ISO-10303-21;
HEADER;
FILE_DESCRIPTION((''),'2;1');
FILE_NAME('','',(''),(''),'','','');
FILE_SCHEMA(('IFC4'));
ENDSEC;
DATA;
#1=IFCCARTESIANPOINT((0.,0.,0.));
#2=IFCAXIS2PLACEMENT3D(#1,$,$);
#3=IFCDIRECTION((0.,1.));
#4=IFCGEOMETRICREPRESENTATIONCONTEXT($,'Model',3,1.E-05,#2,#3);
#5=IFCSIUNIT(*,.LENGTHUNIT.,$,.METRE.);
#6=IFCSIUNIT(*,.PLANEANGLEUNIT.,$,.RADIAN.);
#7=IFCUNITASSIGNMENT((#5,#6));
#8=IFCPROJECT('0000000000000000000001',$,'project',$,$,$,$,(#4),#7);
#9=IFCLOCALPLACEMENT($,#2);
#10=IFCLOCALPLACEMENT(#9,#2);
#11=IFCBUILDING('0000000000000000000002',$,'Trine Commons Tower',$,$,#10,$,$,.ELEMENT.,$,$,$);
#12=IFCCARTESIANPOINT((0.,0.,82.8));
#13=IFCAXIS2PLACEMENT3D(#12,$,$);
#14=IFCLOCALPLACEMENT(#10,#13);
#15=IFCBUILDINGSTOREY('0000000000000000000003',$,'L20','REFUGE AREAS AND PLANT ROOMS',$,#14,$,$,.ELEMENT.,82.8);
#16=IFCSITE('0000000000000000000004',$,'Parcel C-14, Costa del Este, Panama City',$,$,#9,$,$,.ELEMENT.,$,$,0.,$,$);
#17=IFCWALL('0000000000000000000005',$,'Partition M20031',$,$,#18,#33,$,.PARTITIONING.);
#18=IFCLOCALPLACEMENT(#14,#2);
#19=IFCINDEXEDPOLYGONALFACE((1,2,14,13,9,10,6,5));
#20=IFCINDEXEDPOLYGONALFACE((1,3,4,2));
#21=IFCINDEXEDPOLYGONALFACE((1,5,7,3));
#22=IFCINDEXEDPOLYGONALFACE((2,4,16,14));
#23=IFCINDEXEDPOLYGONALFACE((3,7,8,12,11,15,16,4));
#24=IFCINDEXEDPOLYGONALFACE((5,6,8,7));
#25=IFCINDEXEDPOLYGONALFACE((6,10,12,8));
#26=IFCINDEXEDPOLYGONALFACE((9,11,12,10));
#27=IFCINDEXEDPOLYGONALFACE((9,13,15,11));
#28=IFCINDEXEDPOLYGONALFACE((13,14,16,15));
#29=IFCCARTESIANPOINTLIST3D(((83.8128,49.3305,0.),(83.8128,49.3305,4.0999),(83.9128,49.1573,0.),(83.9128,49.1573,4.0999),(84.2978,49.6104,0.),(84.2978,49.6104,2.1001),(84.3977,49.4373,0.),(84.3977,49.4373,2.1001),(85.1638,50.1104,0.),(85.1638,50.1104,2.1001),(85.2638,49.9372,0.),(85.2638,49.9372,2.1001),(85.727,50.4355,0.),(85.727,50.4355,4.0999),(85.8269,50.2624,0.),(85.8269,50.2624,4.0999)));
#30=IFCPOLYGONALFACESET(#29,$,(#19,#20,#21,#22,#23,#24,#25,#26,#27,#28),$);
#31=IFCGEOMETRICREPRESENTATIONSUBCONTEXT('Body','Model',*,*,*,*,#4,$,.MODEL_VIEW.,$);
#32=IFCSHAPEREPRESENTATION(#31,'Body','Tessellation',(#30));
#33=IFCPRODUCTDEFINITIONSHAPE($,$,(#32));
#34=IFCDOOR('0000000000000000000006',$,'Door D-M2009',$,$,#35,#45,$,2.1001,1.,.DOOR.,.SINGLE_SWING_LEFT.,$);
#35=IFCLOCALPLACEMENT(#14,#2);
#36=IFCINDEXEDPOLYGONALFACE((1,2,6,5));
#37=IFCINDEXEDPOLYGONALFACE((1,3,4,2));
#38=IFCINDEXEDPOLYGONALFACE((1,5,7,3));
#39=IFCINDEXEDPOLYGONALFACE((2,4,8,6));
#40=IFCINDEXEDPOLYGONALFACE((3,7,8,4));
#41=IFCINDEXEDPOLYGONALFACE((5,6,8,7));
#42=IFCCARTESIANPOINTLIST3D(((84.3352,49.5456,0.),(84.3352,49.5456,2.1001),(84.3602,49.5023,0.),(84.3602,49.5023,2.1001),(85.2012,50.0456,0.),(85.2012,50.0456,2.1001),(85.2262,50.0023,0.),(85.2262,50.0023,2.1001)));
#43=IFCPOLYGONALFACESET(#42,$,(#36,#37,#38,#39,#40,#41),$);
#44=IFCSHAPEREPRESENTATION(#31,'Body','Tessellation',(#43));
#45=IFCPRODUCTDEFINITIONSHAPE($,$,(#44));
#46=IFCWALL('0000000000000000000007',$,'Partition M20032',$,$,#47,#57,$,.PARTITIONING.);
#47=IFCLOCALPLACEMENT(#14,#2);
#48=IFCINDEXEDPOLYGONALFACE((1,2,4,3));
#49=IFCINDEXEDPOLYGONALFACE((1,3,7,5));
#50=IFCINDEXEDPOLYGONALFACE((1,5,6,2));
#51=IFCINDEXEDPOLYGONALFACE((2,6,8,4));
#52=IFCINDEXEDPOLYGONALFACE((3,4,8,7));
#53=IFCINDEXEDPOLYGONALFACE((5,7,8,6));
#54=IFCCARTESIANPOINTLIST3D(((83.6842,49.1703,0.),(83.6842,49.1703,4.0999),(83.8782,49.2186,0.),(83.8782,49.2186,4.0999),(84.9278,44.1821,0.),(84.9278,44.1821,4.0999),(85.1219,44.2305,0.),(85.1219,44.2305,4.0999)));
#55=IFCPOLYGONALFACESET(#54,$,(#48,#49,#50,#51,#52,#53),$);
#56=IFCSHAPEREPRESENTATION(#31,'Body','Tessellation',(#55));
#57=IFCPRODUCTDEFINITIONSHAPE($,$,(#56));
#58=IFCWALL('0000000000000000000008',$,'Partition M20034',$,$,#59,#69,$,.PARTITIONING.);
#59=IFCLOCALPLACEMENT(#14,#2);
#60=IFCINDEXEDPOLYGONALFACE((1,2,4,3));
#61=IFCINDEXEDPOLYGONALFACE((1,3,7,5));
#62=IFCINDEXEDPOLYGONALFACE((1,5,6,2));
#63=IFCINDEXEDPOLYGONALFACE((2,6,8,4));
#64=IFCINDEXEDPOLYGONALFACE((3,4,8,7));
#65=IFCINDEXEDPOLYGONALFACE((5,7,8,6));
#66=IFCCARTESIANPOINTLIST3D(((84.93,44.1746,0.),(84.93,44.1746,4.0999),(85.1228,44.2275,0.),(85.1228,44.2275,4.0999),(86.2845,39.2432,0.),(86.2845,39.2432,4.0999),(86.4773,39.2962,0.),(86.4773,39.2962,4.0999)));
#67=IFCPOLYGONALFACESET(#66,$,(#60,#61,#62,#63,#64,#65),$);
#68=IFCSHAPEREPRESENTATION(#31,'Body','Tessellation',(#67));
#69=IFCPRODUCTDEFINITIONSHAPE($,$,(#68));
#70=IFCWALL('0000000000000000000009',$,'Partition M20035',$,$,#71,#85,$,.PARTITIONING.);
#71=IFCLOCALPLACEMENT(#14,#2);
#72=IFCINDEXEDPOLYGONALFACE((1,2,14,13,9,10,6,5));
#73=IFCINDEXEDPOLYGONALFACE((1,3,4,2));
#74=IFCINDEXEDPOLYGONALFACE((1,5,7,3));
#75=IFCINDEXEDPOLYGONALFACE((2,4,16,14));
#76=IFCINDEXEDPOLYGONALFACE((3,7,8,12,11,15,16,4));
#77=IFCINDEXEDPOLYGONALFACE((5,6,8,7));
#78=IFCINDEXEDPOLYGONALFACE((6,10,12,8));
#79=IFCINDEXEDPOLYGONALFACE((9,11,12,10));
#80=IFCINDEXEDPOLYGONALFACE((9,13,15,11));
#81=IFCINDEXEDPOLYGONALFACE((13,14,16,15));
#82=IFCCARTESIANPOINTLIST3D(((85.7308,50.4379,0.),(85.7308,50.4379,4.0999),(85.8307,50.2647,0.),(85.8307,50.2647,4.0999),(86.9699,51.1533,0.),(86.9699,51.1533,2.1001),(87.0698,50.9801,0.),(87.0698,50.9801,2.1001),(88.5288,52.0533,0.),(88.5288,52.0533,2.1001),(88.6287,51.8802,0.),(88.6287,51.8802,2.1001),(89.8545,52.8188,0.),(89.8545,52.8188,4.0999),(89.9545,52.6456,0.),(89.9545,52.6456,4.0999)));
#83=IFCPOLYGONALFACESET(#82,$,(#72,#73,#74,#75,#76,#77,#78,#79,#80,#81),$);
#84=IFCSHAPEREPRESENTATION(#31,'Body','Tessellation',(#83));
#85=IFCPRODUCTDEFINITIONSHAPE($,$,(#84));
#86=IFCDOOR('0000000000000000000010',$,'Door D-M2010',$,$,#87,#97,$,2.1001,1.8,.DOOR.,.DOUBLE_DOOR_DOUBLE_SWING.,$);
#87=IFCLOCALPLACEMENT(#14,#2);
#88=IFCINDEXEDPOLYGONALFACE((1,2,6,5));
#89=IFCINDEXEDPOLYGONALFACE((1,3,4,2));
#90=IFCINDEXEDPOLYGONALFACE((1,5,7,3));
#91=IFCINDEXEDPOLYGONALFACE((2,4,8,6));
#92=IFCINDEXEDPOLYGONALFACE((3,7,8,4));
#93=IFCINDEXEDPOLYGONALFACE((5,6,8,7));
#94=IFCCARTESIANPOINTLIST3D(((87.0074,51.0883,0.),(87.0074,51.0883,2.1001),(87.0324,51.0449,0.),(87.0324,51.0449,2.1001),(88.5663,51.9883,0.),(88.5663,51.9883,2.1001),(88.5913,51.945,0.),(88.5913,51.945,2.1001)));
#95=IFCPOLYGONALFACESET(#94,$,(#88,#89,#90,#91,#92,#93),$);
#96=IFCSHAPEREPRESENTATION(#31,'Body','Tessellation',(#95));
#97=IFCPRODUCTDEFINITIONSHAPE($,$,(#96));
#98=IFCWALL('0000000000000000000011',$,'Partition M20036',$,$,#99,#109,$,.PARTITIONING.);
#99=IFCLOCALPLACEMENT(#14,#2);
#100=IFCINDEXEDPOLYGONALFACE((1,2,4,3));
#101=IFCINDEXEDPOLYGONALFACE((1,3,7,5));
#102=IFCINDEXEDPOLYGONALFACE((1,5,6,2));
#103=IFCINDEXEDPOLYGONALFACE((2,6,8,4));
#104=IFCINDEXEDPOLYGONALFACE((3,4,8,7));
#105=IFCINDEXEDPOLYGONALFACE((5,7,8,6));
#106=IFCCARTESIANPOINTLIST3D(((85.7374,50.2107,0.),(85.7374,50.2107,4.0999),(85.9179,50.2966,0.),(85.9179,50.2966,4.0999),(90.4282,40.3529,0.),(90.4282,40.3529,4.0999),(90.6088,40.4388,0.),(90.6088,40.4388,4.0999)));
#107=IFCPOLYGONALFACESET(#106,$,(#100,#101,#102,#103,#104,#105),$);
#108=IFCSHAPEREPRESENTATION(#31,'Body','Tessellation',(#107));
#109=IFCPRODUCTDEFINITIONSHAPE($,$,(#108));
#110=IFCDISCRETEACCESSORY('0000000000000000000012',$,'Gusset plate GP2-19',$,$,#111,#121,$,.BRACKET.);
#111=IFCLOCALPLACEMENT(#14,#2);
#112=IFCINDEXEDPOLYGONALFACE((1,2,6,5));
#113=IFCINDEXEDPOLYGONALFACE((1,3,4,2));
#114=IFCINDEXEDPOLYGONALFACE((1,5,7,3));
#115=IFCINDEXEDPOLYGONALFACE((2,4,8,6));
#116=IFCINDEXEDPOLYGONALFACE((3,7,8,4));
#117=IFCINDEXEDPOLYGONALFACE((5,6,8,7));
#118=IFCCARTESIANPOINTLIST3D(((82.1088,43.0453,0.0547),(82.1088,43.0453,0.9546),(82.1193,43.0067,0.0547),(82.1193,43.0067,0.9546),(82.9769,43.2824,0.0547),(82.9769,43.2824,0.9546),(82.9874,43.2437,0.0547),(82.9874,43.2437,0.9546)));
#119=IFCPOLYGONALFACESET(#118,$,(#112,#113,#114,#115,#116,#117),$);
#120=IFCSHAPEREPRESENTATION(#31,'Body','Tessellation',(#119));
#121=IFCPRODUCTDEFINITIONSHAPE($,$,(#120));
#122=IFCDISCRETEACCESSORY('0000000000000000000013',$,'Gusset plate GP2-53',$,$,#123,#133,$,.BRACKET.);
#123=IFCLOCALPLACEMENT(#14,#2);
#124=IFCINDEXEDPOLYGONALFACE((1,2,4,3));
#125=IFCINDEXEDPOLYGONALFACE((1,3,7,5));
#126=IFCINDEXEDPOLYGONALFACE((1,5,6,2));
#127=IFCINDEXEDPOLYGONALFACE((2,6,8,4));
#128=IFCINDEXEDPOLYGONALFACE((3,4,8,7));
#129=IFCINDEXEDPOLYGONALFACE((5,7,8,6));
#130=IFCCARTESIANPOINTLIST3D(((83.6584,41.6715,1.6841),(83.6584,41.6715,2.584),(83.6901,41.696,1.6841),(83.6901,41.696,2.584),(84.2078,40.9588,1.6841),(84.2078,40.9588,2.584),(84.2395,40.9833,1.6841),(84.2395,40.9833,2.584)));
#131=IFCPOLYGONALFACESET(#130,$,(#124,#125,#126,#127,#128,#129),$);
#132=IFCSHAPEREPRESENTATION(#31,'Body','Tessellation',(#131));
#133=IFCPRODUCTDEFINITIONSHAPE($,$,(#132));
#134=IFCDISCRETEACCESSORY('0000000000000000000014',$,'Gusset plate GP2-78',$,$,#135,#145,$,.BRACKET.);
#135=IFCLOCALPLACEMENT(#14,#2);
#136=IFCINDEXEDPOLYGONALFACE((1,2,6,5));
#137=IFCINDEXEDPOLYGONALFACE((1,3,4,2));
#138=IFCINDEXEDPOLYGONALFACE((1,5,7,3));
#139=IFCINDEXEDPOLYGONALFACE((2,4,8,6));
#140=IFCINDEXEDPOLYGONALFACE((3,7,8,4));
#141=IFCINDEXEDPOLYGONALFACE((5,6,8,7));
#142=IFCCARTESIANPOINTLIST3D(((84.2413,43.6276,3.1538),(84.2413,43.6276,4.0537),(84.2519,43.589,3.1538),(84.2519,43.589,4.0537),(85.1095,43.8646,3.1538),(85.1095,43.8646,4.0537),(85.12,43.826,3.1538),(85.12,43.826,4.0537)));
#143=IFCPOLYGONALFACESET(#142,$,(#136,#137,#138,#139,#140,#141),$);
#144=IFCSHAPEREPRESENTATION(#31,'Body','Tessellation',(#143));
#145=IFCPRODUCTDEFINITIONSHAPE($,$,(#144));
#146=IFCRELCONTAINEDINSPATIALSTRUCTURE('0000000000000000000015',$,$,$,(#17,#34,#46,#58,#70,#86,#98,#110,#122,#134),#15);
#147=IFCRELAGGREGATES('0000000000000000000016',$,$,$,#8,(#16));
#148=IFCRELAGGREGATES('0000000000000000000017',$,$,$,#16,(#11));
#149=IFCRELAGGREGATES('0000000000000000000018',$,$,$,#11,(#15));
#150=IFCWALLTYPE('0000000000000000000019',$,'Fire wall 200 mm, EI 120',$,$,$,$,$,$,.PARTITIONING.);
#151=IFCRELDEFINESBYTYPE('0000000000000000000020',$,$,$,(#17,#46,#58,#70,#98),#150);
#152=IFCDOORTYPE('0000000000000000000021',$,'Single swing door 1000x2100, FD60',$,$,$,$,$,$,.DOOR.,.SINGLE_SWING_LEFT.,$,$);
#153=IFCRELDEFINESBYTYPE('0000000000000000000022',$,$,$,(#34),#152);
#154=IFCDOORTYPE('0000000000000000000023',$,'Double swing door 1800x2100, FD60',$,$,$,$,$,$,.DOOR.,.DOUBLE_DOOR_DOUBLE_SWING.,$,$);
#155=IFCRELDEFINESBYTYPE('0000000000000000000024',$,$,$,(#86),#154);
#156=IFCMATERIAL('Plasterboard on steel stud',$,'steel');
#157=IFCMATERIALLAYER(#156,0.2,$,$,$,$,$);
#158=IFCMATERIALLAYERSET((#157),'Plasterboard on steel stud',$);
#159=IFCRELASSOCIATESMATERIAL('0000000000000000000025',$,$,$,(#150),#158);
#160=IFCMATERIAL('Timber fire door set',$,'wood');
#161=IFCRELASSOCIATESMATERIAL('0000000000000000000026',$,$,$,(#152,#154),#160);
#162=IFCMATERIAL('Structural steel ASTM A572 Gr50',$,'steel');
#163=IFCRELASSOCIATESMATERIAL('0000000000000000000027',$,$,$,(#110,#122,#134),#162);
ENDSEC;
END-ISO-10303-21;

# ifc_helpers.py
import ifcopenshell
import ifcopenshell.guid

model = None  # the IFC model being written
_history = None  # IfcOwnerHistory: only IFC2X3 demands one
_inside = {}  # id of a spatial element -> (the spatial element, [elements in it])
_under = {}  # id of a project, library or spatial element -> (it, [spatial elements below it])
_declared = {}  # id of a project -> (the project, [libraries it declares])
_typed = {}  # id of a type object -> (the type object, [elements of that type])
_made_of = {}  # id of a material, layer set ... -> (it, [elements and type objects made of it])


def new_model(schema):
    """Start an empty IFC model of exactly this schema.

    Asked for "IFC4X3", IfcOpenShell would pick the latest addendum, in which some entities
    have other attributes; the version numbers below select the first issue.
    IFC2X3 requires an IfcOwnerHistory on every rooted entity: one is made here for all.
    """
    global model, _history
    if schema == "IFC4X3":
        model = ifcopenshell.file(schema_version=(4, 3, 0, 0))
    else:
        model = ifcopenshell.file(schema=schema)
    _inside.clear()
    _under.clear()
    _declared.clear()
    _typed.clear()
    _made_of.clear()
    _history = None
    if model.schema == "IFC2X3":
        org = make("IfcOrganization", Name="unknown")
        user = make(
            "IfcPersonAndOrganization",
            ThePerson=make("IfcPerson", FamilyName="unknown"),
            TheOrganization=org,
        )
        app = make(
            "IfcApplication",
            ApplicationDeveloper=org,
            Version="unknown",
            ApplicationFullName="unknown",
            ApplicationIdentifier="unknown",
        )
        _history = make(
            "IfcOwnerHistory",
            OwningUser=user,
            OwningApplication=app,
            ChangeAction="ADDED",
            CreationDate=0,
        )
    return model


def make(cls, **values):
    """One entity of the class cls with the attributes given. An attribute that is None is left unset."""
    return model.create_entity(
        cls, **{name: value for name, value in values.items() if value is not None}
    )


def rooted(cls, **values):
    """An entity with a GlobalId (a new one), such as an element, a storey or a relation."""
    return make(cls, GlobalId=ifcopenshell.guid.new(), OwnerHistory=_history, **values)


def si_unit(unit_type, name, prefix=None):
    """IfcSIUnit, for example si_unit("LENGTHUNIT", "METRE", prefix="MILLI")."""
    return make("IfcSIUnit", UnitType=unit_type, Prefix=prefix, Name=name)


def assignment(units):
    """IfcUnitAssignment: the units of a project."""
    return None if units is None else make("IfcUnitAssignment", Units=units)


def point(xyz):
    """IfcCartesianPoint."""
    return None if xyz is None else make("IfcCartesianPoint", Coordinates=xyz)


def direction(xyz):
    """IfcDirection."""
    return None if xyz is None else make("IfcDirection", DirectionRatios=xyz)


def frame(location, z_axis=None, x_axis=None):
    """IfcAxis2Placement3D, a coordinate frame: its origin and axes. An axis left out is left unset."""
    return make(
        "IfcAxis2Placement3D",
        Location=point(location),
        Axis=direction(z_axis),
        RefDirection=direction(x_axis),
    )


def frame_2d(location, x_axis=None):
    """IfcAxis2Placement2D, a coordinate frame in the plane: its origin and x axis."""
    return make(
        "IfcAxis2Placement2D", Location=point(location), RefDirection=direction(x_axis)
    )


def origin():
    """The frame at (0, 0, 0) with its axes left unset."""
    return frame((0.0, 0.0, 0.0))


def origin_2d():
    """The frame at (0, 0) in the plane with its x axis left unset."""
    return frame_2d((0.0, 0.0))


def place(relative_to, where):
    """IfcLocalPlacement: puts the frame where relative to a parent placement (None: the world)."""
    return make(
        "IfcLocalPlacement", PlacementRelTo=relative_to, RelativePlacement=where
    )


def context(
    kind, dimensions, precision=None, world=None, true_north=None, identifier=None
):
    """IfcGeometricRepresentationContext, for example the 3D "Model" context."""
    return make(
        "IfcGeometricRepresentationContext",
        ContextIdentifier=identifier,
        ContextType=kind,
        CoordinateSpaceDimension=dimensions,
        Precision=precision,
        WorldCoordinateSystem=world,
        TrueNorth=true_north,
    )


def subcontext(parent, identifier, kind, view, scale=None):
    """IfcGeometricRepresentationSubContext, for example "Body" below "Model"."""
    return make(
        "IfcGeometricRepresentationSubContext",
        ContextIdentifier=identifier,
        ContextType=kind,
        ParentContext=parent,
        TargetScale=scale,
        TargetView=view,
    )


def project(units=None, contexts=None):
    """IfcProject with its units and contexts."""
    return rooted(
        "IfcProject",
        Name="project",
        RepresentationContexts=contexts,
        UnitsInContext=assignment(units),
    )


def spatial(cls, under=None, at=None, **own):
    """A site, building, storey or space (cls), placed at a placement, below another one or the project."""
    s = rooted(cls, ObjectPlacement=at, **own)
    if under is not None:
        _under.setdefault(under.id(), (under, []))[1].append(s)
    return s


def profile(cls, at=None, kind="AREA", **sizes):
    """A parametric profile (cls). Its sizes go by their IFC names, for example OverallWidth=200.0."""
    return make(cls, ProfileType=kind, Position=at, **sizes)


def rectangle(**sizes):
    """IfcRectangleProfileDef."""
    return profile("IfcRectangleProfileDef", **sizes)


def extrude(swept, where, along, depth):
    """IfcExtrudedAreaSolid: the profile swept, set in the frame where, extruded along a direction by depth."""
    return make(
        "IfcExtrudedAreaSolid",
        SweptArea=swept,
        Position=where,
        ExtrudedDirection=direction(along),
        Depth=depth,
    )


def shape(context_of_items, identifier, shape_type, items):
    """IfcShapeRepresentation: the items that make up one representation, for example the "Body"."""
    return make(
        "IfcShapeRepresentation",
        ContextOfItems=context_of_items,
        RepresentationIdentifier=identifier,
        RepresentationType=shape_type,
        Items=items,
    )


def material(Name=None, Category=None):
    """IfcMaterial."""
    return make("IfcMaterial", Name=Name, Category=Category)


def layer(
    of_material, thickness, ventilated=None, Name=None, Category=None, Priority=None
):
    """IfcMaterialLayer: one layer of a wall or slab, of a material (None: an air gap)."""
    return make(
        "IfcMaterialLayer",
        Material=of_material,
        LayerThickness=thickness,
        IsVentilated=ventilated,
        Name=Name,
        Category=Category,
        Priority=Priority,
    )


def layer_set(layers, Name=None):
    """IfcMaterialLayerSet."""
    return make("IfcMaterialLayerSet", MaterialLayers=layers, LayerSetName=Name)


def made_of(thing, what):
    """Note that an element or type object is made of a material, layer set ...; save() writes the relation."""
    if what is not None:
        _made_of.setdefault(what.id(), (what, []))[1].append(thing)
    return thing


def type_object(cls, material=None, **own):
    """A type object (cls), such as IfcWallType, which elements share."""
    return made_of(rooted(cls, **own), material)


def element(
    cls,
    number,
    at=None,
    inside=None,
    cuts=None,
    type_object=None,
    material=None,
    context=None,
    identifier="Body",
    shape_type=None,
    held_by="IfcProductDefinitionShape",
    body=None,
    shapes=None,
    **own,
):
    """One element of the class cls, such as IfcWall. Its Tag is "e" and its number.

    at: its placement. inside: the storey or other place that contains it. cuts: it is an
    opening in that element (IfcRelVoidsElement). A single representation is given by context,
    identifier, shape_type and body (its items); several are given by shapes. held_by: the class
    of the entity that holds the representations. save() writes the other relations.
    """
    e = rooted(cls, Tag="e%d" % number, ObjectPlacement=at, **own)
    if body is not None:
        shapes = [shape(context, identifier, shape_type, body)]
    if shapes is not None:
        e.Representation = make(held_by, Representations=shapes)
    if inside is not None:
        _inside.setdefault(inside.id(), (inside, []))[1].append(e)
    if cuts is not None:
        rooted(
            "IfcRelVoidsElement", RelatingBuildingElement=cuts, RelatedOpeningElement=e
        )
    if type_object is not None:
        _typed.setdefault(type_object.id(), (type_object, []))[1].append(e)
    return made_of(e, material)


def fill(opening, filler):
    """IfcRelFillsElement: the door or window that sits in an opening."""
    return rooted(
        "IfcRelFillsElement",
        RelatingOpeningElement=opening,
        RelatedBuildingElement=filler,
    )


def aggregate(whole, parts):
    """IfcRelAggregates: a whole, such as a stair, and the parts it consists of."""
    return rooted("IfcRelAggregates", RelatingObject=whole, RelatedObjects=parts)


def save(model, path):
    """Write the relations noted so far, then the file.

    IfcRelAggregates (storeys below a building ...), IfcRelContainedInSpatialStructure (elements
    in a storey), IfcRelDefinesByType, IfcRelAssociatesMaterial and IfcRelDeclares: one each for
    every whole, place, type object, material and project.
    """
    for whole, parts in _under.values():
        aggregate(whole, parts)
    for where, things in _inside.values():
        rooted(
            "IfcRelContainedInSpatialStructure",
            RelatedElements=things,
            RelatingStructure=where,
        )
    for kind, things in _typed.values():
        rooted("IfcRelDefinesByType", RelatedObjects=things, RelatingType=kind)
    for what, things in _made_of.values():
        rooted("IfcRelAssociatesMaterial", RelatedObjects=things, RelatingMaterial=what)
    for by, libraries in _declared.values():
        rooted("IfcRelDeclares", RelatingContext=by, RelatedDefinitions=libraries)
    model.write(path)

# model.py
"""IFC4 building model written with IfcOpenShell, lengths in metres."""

from ifc_helpers import new_model, si_unit, direction, frame, frame_2d, origin, origin_2d, place, context, subcontext, project, spatial, rectangle, extrude, material, layer, layer_set, type_object, element, fill, save


model = new_model("IFC4")

# Units and contexts
model_context = context("Model", 3, precision=1e-05, world=origin(), true_north=direction((0.0, 1.0)))
body_context = subcontext(model_context, "Body", "Model", "MODEL_VIEW")
ifc_project = project(units=[si_unit("LENGTHUNIT", "METRE"), si_unit("PLANEANGLEUNIT", "RADIAN")], contexts=[model_context])

# Site, building, storey
site_placement = place(None, origin())
site = spatial("IfcSite", under=ifc_project, at=site_placement, Name="Parcel C-14, Costa del Este, Panama City", CompositionType="ELEMENT", RefElevation=0.0)
building_placement = place(site_placement, origin())
building = spatial("IfcBuilding", under=site, at=building_placement, Name="Trine Commons Tower", CompositionType="ELEMENT")
storey_placement = place(building_placement, frame((0.0, 0.0, 82.8)))
storey = spatial("IfcBuildingStorey", under=building, at=storey_placement, Name="L20", Description="REFUGE AREAS AND PLANT ROOMS", CompositionType="ELEMENT", Elevation=82.8)

# Shared definitions
ifc_material_1 = material(Name="Plasterboard on steel stud", Category="steel")
ifc_layer_1 = layer(ifc_material_1, 0.2)
ifc_layer_set_1 = layer_set([ifc_layer_1], Name="Plasterboard on steel stud")
wall_type = type_object("IfcWallType", Name="Fire wall 200 mm, EI 120", PredefinedType="PARTITIONING", material=ifc_layer_set_1)
ifc_material_2 = material(Name="Timber fire door set", Category="wood")
door_type_1 = type_object("IfcDoorType", Name="Single swing door 1000x2100, FD60", OperationType="SINGLE_SWING_LEFT", PredefinedType="DOOR", material=ifc_material_2)

# Wall, opening, door
wall_1_placement = place(storey_placement, frame((85.7769, 50.3489, 0.0), z_axis=(0.0, 0.0, 1.0), x_axis=(-0.866046, -0.499965, 0.0)))
wall_1 = element("IfcWall", 1, at=wall_1_placement, inside=storey, type_object=wall_type, Name="Partition M20031", PredefinedType="PARTITIONING", context=body_context, shape_type="SweptSolid", body=[
    extrude(rectangle(XDim=2.2102, YDim=0.2, at=frame_2d((1.105, 0.0))), origin(), (0.0, 0.0, 1.0), 4.0999),
])
opening_1_placement = place(wall_1_placement, frame((0.6501, 0.0, 0.0)))
opening_1 = element("IfcOpeningElement", 2, at=opening_1_placement, cuts=wall_1, PredefinedType="OPENING", context=body_context, shape_type="SweptSolid", body=[
    extrude(rectangle(XDim=1.0, YDim=2.1001, at=frame_2d((0.5, 1.05))), frame((0.0, 0.1099, 0.0), z_axis=(0.0, -1.0, 0.0), x_axis=(1.0, 0.0, 0.0)), (0.0, 0.0, 1.0), 0.22),
])
door_1_placement = place(opening_1_placement, origin())
door_1 = element("IfcDoor", 3, at=door_1_placement, inside=storey, type_object=door_type_1, Name="Door D-M2009", OperationType="SINGLE_SWING_LEFT", OverallHeight=2.1001, OverallWidth=1.0, PredefinedType="DOOR", context=body_context, shape_type="SweptSolid", body=[
    extrude(rectangle(XDim=1.0, YDim=2.1001, at=frame_2d((0.5, 1.05))), frame((0.0, 0.0249, 0.0), z_axis=(0.0, -1.0, 0.0), x_axis=(1.0, 0.0, 0.0)), (0.0, 0.0, 1.0), 0.05),
])
fill(opening_1, door_1)

# Walls
wall_2_placement = place(storey_placement, frame((83.7812, 49.1943, 0.0), z_axis=(0.0, 0.0, 1.0), x_axis=(0.24191, -0.970299, 0.0)))
element("IfcWall", 4, at=wall_2_placement, inside=storey, type_object=wall_type, Name="Partition M20032", PredefinedType="PARTITIONING", context=body_context, shape_type="SweptSolid", body=[
    extrude(rectangle(XDim=5.1409, YDim=0.2, at=frame_2d((2.5703, 0.0))), origin(), (0.0, 0.0, 1.0), 4.0999),
])
wall_3_placement = place(storey_placement, frame((85.0264, 44.2012, 0.0), z_axis=(0.0, 0.0, 1.0), x_axis=(0.264858, -0.964287, 0.0)))
element("IfcWall", 5, at=wall_3_placement, inside=storey, type_object=wall_type, Name="Partition M20034", PredefinedType="PARTITIONING", context=body_context, shape_type="SweptSolid", body=[
    extrude(rectangle(XDim=5.114, YDim=0.2, at=frame_2d((2.5571, 0.0))), origin(), (0.0, 0.0, 1.0), 4.0999),
])

# Wall, opening, door
wall_4_placement = place(storey_placement, frame((85.7808, 50.3513, 0.0), z_axis=(0.0, 0.0, 1.0), x_axis=(0.866026, 0.499999, 0.0)))
wall_4 = element("IfcWall", 6, at=wall_4_placement, inside=storey, type_object=wall_type, Name="Partition M20035", PredefinedType="PARTITIONING", context=body_context, shape_type="SweptSolid", body=[
    extrude(rectangle(XDim=4.7617, YDim=0.2, at=frame_2d((2.3809, 0.0))), origin(), (0.0, 0.0, 1.0), 4.0999),
])
opening_2_placement = place(wall_4_placement, frame((1.4309, 0.0, 0.0)))
opening_2 = element("IfcOpeningElement", 7, at=opening_2_placement, cuts=wall_4, PredefinedType="OPENING", context=body_context, shape_type="SweptSolid", body=[
    extrude(rectangle(XDim=1.8, YDim=2.1001, at=frame_2d((0.8999, 1.05))), frame((0.0, 0.1099, 0.0), z_axis=(0.0, -1.0, 0.0), x_axis=(1.0, 0.0, 0.0)), (0.0, 0.0, 1.0), 0.22),
])
door_type_2 = type_object("IfcDoorType", Name="Double swing door 1800x2100, FD60", OperationType="DOUBLE_DOOR_DOUBLE_SWING", PredefinedType="DOOR", material=ifc_material_2)
door_2_placement = place(opening_2_placement, origin())
door_2 = element("IfcDoor", 8, at=door_2_placement, inside=storey, type_object=door_type_2, Name="Door D-M2010", OperationType="DOUBLE_DOOR_DOUBLE_SWING", OverallHeight=2.1001, OverallWidth=1.8, PredefinedType="DOOR", context=body_context, shape_type="SweptSolid", body=[
    extrude(rectangle(XDim=1.8, YDim=2.1001, at=frame_2d((0.8999, 1.05))), frame((0.0, 0.0249, 0.0), z_axis=(0.0, -1.0, 0.0), x_axis=(1.0, 0.0, 0.0)), (0.0, 0.0, 1.0), 0.05),
])
fill(opening_2, door_2)

# Wall
wall_5_placement = place(storey_placement, frame((85.8276, 50.2537, 0.0), z_axis=(0.0, 0.0, 1.0), x_axis=(0.429685, -0.902979, 0.0)))
element("IfcWall", 9, at=wall_5_placement, inside=storey, type_object=wall_type, Name="Partition M20036", PredefinedType="PARTITIONING", context=body_context, shape_type="SweptSolid", body=[
    extrude(rectangle(XDim=10.917, YDim=0.2, at=frame_2d((5.4585, 0.0))), origin(), (0.0, 0.0, 1.0), 4.0999),
])

# Discrete accessories
ifc_material_3 = material(Name="Structural steel ASTM A572 Gr50", Category="steel")
for number, where, z_axis, x_axis, name in (
    (10, (82.5481, 43.1445, 0.0547), (0.0, 0.0, 1.0), (0.964682, 0.263418, 0.0), "Gusset plate GP2-19"),
    (11, (83.949, 41.3274, 1.6841), (0.0, 0.0, 1.0), (0.610546, -0.791981, 0.0), "Gusset plate GP2-53"),
    (12, (84.6807, 43.7268, 3.1538), (0.0, 0.0, 1.0), (0.964682, 0.263418, 0.0), "Gusset plate GP2-78"),
):
    element("IfcDiscreteAccessory", number, at=place(storey_placement, frame(where, z_axis=z_axis, x_axis=x_axis)), inside=storey, material=ifc_material_3, Name=name, PredefinedType="BRACKET", context=body_context, shape_type="SweptSolid", body=[
        extrude(rectangle(XDim=0.8999, YDim=0.04, at=origin_2d()), origin(), (0.0, 0.0, 1.0), 0.8999),
    ])

save(model, "model.ifc")
